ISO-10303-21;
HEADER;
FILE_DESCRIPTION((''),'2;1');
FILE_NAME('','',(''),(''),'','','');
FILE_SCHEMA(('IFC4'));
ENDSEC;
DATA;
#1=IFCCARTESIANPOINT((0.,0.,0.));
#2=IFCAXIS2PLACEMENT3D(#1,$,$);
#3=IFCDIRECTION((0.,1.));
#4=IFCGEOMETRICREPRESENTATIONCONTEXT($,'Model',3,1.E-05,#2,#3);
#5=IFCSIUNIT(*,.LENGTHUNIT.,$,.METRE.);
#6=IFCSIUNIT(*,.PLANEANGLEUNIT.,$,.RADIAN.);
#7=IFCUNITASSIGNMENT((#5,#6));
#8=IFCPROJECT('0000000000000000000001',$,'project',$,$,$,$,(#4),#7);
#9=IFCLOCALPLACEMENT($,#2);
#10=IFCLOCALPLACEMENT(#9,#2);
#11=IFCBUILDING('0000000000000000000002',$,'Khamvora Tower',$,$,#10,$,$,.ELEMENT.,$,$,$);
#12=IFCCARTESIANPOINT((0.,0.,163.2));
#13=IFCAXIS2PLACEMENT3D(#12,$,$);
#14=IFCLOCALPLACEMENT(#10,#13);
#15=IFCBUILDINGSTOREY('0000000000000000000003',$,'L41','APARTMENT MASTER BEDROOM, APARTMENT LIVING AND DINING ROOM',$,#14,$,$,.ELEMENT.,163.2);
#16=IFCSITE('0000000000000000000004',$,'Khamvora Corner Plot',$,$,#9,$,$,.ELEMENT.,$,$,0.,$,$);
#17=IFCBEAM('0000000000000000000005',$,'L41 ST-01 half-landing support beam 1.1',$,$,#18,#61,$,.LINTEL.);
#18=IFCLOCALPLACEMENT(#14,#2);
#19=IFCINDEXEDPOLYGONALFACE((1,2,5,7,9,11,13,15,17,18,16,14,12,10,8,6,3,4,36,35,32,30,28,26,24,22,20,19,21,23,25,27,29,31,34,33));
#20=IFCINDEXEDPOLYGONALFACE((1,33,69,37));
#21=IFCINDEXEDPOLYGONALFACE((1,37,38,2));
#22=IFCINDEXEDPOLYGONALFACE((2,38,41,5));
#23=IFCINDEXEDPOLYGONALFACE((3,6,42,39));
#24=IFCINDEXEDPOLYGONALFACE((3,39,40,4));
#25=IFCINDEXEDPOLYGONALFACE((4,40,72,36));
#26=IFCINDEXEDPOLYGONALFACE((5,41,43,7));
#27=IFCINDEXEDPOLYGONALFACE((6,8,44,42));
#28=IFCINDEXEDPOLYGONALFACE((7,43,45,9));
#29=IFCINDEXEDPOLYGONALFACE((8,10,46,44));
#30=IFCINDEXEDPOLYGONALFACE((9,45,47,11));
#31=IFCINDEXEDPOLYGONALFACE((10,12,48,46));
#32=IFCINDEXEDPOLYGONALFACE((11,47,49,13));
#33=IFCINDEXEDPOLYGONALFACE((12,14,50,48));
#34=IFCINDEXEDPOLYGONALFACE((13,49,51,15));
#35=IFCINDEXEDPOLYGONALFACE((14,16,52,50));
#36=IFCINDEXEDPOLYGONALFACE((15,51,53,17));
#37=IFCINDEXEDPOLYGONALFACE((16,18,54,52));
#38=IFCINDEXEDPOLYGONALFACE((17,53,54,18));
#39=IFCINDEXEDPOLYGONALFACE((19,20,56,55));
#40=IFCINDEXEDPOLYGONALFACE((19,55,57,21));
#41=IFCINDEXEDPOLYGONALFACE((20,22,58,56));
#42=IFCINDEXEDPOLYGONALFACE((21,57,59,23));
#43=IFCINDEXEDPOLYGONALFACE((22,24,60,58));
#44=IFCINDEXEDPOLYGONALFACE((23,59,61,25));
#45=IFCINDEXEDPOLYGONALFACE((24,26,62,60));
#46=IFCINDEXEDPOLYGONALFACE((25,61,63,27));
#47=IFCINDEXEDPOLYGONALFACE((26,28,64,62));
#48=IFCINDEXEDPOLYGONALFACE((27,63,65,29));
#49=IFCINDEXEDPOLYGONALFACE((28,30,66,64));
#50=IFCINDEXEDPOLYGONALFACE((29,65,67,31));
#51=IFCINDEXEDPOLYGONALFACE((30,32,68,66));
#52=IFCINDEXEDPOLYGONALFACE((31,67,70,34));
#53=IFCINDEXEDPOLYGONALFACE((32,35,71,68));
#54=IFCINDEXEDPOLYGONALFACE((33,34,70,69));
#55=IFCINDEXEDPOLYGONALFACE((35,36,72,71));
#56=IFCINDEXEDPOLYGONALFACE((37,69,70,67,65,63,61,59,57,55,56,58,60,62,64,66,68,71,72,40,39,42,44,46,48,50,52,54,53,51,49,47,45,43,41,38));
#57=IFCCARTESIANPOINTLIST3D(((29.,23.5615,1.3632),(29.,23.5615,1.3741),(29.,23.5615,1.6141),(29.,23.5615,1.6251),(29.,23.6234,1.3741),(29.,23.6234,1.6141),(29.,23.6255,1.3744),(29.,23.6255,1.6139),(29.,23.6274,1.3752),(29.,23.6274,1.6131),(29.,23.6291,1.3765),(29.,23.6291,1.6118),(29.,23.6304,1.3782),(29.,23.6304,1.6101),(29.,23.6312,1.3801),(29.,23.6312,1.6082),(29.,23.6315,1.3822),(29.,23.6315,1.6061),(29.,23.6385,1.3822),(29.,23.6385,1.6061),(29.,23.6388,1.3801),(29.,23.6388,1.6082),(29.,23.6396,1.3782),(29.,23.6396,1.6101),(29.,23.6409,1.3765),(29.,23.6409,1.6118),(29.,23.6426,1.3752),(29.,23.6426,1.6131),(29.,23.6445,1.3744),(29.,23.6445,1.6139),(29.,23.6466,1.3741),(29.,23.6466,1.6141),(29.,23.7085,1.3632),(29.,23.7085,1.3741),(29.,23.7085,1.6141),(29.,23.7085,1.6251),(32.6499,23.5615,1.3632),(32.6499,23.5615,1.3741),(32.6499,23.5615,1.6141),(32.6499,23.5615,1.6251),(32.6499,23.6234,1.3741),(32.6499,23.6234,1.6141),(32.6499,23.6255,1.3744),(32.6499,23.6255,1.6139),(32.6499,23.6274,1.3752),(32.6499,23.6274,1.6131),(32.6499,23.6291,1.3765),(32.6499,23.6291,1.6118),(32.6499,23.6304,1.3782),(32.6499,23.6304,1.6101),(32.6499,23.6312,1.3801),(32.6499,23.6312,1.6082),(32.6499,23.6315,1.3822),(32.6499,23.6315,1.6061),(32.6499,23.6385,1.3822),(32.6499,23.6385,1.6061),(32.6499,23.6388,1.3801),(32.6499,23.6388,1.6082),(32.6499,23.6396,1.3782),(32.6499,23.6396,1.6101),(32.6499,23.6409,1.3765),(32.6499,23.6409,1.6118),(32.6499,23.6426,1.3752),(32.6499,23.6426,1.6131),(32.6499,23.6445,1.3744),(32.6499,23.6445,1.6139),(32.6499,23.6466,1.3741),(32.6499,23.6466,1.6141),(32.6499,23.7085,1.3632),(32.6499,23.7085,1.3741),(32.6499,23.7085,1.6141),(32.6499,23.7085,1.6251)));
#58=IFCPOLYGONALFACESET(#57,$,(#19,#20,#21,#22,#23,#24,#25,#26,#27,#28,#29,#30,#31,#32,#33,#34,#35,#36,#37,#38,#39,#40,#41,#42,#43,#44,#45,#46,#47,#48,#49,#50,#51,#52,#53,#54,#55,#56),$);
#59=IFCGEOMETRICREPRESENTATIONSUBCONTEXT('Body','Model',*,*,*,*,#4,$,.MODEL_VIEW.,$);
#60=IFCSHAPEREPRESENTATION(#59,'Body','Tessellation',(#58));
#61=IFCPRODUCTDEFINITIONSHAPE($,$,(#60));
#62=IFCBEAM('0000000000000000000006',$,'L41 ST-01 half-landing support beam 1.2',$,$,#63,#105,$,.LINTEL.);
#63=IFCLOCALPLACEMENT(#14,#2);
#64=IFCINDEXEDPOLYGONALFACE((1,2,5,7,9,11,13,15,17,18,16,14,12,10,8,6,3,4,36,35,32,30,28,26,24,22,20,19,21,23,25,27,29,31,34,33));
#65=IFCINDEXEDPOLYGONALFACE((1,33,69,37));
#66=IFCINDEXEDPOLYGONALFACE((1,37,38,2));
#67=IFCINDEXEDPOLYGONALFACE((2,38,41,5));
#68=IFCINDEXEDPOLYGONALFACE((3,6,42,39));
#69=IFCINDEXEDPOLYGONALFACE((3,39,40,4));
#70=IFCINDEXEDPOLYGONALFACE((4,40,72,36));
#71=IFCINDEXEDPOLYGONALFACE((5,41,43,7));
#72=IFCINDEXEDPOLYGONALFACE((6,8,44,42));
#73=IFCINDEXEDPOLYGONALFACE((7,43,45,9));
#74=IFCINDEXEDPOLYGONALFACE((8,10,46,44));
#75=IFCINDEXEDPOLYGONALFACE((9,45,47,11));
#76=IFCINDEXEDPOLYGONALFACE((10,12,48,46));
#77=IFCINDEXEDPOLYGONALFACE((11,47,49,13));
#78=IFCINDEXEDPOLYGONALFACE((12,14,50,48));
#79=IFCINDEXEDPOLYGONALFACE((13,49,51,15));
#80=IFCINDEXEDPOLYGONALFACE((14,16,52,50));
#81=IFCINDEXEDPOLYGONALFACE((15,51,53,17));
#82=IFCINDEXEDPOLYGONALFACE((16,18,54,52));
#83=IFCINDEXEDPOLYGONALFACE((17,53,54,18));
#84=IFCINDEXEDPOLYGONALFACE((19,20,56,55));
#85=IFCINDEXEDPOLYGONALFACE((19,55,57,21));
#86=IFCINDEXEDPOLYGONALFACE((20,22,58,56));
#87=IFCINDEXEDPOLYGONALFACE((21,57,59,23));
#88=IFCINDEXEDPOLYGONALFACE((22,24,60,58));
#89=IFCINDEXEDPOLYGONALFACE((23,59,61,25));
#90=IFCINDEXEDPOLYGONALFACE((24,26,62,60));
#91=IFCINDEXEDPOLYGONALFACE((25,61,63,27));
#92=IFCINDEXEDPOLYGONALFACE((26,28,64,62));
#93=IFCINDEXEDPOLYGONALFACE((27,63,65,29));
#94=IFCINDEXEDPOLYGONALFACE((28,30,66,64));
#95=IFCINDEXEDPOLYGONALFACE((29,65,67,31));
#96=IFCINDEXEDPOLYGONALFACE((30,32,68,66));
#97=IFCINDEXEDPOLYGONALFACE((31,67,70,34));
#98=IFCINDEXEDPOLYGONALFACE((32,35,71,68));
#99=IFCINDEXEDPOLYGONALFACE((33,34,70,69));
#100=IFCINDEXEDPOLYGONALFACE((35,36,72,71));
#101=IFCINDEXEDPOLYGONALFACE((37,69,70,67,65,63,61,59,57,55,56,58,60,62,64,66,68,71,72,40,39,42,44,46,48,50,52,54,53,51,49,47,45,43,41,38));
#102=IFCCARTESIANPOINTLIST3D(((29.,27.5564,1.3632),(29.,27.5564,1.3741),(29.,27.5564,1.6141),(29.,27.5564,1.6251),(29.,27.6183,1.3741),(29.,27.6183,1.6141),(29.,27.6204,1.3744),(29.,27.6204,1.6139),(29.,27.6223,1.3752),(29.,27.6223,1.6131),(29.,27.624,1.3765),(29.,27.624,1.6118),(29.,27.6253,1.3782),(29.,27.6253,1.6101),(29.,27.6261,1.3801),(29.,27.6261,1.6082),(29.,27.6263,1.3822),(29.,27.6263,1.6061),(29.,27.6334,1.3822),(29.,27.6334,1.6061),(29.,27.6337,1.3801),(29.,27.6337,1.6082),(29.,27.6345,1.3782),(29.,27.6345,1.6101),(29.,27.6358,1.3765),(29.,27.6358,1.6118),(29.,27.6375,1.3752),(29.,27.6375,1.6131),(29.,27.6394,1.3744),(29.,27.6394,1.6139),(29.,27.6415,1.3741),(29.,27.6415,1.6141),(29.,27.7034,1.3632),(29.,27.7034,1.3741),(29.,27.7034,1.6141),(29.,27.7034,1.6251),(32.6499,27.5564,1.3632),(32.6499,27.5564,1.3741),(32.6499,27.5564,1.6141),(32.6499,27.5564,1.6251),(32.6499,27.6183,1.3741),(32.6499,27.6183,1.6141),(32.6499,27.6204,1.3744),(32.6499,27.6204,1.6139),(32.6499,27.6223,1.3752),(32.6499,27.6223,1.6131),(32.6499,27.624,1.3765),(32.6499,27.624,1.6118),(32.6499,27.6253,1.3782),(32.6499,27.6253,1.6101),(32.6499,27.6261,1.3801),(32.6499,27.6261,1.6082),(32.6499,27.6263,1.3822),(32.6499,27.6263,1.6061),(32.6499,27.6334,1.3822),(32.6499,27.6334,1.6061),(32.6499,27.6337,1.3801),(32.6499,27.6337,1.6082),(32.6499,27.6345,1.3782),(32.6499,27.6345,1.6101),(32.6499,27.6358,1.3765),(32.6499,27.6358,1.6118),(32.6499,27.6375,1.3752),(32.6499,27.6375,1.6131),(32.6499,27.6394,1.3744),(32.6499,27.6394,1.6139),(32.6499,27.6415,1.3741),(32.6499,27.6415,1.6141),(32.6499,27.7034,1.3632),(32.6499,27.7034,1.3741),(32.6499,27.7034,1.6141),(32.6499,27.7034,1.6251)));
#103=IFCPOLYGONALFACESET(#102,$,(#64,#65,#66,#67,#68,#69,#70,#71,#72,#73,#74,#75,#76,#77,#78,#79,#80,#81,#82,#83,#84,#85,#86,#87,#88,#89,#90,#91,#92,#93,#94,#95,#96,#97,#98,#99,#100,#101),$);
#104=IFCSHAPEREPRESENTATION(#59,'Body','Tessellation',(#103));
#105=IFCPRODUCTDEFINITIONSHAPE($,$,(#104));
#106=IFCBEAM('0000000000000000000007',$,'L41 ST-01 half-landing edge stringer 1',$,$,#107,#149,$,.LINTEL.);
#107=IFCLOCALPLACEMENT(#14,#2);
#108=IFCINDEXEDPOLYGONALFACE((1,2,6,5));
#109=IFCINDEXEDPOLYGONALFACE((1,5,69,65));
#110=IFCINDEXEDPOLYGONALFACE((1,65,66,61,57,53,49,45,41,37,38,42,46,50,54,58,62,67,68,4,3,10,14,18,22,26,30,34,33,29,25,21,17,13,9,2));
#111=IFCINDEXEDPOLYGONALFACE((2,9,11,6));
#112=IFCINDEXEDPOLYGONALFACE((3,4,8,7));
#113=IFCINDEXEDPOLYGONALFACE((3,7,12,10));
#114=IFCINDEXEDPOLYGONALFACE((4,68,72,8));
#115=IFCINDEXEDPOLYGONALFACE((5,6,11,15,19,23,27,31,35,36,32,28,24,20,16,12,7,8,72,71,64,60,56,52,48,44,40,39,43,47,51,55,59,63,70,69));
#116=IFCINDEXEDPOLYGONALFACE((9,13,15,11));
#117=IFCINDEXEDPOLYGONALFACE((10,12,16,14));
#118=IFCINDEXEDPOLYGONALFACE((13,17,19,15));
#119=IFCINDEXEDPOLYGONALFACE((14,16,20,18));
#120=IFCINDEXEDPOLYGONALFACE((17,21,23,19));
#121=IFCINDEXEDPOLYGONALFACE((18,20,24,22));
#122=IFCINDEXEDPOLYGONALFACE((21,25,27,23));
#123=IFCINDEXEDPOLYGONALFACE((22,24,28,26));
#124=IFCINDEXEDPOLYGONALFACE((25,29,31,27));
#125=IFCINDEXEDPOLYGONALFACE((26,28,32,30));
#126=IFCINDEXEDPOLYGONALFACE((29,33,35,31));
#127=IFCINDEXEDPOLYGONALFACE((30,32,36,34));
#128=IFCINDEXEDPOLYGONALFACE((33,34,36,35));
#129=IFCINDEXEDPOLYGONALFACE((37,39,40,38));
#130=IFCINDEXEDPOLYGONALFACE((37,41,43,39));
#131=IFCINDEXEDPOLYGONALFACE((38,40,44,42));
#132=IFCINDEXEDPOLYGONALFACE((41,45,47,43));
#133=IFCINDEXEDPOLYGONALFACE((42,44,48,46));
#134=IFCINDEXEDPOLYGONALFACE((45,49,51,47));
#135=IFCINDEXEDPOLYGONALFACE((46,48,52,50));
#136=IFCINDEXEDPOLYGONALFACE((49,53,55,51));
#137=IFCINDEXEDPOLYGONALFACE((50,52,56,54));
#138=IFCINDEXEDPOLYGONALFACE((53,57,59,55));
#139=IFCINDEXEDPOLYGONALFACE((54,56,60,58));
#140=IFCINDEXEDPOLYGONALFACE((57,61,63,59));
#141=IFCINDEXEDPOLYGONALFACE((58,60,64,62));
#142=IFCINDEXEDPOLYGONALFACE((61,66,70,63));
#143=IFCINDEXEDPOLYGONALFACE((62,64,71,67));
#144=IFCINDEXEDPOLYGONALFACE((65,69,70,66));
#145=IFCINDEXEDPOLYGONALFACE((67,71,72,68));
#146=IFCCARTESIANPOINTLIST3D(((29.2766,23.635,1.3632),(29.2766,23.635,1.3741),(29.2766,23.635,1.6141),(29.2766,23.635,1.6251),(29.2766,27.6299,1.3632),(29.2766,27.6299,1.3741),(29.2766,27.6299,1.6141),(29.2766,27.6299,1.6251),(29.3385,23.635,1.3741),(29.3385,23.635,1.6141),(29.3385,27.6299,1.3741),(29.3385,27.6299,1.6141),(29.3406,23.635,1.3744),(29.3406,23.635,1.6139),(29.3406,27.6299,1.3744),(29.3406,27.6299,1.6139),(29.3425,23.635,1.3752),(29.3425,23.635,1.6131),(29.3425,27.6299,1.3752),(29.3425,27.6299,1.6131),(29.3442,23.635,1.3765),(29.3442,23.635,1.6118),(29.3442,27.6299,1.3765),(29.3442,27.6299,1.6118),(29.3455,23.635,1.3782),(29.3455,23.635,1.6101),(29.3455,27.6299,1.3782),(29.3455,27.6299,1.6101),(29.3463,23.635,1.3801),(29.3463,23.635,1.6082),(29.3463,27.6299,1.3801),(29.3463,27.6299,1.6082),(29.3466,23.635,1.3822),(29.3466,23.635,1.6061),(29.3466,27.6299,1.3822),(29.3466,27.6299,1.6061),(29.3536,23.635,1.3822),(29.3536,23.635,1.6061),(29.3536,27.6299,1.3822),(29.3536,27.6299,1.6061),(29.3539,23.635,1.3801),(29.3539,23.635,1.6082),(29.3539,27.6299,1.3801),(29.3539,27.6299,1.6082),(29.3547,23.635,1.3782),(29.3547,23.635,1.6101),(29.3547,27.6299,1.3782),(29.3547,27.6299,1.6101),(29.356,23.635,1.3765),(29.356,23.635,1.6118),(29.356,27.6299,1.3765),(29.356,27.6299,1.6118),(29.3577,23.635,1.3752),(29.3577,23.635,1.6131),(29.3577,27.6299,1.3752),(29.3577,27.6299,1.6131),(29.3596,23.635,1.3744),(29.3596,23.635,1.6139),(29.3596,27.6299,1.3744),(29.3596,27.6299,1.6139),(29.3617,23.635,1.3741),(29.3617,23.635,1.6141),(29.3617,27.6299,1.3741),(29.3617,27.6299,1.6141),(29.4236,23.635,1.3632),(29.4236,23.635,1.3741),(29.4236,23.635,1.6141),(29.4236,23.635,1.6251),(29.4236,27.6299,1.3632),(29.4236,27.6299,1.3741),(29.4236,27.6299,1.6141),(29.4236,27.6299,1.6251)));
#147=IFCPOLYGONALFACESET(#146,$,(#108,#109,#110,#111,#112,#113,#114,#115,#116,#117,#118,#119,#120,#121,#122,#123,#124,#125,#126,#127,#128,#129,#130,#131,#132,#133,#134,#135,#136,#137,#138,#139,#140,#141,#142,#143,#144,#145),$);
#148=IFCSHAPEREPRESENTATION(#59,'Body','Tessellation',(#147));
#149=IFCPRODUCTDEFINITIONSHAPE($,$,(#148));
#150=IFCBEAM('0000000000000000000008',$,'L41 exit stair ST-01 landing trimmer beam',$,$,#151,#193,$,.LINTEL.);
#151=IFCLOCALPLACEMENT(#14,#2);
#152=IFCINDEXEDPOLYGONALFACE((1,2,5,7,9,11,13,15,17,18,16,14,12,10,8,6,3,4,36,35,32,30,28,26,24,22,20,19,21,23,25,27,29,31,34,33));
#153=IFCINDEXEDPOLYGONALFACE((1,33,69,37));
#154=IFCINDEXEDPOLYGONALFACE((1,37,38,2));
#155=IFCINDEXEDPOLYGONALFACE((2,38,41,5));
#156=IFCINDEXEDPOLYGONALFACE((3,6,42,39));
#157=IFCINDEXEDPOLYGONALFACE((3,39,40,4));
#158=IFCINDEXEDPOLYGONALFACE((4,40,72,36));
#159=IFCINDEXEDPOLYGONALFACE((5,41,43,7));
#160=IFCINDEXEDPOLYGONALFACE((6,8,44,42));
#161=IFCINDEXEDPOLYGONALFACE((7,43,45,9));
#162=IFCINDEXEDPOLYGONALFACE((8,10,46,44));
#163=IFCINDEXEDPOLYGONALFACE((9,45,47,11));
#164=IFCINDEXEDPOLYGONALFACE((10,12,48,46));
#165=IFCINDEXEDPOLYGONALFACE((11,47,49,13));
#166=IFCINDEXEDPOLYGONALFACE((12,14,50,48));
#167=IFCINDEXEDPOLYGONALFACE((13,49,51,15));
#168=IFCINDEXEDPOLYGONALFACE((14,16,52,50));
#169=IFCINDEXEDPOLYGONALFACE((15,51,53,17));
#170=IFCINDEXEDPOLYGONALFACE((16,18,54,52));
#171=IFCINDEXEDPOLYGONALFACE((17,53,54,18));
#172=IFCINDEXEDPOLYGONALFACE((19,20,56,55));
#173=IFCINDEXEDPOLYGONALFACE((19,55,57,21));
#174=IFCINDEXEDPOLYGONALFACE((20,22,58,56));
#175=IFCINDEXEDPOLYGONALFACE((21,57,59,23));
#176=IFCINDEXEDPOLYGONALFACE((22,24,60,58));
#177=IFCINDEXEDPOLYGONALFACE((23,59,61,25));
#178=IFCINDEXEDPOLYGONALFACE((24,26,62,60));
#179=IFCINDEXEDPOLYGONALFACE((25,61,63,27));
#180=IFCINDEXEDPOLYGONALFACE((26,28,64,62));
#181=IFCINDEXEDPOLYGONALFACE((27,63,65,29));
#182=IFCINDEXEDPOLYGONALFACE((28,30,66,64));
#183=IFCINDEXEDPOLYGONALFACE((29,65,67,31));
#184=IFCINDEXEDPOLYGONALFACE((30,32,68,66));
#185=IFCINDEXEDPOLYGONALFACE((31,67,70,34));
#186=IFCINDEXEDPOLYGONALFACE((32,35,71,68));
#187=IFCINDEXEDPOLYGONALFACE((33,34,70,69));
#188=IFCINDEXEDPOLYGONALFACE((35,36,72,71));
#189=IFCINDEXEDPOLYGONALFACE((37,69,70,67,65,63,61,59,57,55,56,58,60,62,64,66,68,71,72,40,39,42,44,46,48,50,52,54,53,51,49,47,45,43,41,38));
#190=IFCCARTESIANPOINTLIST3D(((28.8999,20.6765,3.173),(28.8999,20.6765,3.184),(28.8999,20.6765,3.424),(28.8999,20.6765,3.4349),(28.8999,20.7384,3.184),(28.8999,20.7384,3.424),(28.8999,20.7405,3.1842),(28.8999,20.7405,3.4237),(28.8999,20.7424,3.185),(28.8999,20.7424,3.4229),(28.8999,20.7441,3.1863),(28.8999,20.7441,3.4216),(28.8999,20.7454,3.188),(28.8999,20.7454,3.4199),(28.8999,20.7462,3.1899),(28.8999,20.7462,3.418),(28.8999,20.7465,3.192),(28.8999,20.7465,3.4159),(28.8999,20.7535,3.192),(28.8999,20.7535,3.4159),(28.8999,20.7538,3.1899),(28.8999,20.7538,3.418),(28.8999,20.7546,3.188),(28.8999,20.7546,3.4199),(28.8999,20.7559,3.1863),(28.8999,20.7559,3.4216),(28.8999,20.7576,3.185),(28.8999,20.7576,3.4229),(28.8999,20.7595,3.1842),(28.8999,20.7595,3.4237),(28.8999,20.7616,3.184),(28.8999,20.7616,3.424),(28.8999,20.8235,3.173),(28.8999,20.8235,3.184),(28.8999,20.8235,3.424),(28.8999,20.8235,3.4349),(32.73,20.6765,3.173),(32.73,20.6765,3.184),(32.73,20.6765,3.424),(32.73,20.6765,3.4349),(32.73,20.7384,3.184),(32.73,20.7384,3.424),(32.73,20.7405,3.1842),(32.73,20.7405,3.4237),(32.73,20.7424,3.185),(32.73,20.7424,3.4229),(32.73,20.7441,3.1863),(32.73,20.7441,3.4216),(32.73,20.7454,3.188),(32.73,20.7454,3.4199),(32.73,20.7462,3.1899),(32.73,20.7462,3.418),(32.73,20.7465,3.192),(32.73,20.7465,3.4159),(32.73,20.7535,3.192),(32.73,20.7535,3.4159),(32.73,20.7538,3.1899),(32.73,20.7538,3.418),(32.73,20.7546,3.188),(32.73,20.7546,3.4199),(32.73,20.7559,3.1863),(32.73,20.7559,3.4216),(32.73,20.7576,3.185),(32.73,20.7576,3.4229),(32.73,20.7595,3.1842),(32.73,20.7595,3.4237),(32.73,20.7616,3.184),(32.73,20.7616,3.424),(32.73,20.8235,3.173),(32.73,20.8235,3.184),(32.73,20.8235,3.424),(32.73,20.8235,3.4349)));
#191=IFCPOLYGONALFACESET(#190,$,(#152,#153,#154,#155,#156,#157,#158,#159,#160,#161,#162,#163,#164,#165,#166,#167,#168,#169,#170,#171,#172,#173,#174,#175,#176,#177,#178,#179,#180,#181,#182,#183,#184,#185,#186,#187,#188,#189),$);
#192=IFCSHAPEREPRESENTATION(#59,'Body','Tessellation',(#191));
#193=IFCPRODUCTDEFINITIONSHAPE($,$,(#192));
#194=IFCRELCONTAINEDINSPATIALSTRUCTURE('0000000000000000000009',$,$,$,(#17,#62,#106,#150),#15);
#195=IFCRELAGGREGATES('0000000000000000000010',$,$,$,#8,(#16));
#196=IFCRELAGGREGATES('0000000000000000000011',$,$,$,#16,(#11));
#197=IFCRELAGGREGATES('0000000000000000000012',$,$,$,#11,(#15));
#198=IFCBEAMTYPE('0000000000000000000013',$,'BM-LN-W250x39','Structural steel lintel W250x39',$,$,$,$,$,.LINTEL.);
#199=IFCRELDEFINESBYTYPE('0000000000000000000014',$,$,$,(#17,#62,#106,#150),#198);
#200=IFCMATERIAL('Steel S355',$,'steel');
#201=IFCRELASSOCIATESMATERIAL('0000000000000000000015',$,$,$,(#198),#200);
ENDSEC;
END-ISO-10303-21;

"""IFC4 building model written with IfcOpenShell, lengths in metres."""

from ifc_helpers import new_model, si_unit, direction, frame, origin, origin_2d, place, context, subcontext, project, spatial, i_section, extrude, material, material_profile, profile_set, type_object, element, save


model = new_model("IFC4")

# Units and contexts
model_context = context("Model", 3, precision=1e-05, world=origin(), true_north=direction((0.0, 1.0)))
body_context = subcontext(model_context, "Body", "Model", "MODEL_VIEW")
ifc_project = project(units=[si_unit("LENGTHUNIT", "METRE"), si_unit("PLANEANGLEUNIT", "RADIAN")], contexts=[model_context])

# Site, building, storey
site_placement = place(None, origin())
site = spatial("IfcSite", under=ifc_project, at=site_placement, Name="Khamvora Corner Plot", CompositionType="ELEMENT", RefElevation=0.0)
building_placement = place(site_placement, origin())
building = spatial("IfcBuilding", under=site, at=building_placement, Name="Khamvora Tower", CompositionType="ELEMENT")
storey_placement = place(building_placement, frame((0.0, 0.0, 163.2)))
storey = spatial("IfcBuildingStorey", under=building, at=storey_placement, Name="L41", Description="APARTMENT MASTER BEDROOM, APARTMENT LIVING AND DINING ROOM", CompositionType="ELEMENT", Elevation=163.2)

# Beams
ifc_material_1 = material(Name="Steel S355", Category="steel")
ifc_material_profile = material_profile(ifc_material_1, i_section(OverallWidth=0.147, OverallDepth=0.262, WebThickness=0.0071, FlangeThickness=0.011, FilletRadius=0.0081, at=origin_2d()), Name="W250x39")
ifc_profile_set = profile_set([ifc_material_profile], Name="Steel S355")
beam_type = type_object("IfcBeamType", Name="BM-LN-W250x39", Description="Structural steel lintel W250x39", PredefinedType="LINTEL", material=ifc_profile_set)
for number, where, z_axis, x_axis, name in (
    (1, (29.0, 23.635, 1.4941), (1.0, 0.0, 0.0), (0.0, 1.0, 0.0), "L41 ST-01 half-landing support beam 1.1"),
    (2, (29.0, 27.6299, 1.4941), (1.0, 0.0, 0.0), (0.0, 1.0, 0.0), "L41 ST-01 half-landing support beam 1.2"),
):
    element("IfcBeam", number, at=place(storey_placement, frame(where, z_axis=z_axis, x_axis=x_axis)), inside=storey, type_object=beam_type, Name=name, PredefinedType="LINTEL", context=body_context, shape_type="SweptSolid", body=[
        extrude(i_section(OverallWidth=0.147, OverallDepth=0.262, WebThickness=0.0071, FlangeThickness=0.011, FilletRadius=0.0081, at=origin_2d()), origin(), (0.0, 0.0, 1.0), 3.6499),
    ])
beam_1_placement = place(storey_placement, frame((29.3501, 23.635, 1.4941), z_axis=(0.0, 1.0, 0.0), x_axis=(-1.0, 0.0, 0.0)))
element("IfcBeam", 3, at=beam_1_placement, inside=storey, type_object=beam_type, Name="L41 ST-01 half-landing edge stringer 1", PredefinedType="LINTEL", context=body_context, shape_type="SweptSolid", body=[
    extrude(i_section(OverallWidth=0.147, OverallDepth=0.262, WebThickness=0.0071, FlangeThickness=0.011, FilletRadius=0.0081, at=origin_2d()), origin(), (0.0, 0.0, 1.0), 3.9949),
])
beam_2_placement = place(storey_placement, frame((28.8999, 20.75, 3.304), z_axis=(1.0, 0.0, 0.0), x_axis=(0.0, 1.0, 0.0)))
element("IfcBeam", 4, at=beam_2_placement, inside=storey, type_object=beam_type, Name="L41 exit stair ST-01 landing trimmer beam", PredefinedType="LINTEL", context=body_context, shape_type="SweptSolid", body=[
    extrude(i_section(OverallWidth=0.147, OverallDepth=0.262, WebThickness=0.0071, FlangeThickness=0.011, FilletRadius=0.0081, at=origin_2d()), origin(), (0.0, 0.0, 1.0), 3.8301),
])

save(model, "model.ifc")
